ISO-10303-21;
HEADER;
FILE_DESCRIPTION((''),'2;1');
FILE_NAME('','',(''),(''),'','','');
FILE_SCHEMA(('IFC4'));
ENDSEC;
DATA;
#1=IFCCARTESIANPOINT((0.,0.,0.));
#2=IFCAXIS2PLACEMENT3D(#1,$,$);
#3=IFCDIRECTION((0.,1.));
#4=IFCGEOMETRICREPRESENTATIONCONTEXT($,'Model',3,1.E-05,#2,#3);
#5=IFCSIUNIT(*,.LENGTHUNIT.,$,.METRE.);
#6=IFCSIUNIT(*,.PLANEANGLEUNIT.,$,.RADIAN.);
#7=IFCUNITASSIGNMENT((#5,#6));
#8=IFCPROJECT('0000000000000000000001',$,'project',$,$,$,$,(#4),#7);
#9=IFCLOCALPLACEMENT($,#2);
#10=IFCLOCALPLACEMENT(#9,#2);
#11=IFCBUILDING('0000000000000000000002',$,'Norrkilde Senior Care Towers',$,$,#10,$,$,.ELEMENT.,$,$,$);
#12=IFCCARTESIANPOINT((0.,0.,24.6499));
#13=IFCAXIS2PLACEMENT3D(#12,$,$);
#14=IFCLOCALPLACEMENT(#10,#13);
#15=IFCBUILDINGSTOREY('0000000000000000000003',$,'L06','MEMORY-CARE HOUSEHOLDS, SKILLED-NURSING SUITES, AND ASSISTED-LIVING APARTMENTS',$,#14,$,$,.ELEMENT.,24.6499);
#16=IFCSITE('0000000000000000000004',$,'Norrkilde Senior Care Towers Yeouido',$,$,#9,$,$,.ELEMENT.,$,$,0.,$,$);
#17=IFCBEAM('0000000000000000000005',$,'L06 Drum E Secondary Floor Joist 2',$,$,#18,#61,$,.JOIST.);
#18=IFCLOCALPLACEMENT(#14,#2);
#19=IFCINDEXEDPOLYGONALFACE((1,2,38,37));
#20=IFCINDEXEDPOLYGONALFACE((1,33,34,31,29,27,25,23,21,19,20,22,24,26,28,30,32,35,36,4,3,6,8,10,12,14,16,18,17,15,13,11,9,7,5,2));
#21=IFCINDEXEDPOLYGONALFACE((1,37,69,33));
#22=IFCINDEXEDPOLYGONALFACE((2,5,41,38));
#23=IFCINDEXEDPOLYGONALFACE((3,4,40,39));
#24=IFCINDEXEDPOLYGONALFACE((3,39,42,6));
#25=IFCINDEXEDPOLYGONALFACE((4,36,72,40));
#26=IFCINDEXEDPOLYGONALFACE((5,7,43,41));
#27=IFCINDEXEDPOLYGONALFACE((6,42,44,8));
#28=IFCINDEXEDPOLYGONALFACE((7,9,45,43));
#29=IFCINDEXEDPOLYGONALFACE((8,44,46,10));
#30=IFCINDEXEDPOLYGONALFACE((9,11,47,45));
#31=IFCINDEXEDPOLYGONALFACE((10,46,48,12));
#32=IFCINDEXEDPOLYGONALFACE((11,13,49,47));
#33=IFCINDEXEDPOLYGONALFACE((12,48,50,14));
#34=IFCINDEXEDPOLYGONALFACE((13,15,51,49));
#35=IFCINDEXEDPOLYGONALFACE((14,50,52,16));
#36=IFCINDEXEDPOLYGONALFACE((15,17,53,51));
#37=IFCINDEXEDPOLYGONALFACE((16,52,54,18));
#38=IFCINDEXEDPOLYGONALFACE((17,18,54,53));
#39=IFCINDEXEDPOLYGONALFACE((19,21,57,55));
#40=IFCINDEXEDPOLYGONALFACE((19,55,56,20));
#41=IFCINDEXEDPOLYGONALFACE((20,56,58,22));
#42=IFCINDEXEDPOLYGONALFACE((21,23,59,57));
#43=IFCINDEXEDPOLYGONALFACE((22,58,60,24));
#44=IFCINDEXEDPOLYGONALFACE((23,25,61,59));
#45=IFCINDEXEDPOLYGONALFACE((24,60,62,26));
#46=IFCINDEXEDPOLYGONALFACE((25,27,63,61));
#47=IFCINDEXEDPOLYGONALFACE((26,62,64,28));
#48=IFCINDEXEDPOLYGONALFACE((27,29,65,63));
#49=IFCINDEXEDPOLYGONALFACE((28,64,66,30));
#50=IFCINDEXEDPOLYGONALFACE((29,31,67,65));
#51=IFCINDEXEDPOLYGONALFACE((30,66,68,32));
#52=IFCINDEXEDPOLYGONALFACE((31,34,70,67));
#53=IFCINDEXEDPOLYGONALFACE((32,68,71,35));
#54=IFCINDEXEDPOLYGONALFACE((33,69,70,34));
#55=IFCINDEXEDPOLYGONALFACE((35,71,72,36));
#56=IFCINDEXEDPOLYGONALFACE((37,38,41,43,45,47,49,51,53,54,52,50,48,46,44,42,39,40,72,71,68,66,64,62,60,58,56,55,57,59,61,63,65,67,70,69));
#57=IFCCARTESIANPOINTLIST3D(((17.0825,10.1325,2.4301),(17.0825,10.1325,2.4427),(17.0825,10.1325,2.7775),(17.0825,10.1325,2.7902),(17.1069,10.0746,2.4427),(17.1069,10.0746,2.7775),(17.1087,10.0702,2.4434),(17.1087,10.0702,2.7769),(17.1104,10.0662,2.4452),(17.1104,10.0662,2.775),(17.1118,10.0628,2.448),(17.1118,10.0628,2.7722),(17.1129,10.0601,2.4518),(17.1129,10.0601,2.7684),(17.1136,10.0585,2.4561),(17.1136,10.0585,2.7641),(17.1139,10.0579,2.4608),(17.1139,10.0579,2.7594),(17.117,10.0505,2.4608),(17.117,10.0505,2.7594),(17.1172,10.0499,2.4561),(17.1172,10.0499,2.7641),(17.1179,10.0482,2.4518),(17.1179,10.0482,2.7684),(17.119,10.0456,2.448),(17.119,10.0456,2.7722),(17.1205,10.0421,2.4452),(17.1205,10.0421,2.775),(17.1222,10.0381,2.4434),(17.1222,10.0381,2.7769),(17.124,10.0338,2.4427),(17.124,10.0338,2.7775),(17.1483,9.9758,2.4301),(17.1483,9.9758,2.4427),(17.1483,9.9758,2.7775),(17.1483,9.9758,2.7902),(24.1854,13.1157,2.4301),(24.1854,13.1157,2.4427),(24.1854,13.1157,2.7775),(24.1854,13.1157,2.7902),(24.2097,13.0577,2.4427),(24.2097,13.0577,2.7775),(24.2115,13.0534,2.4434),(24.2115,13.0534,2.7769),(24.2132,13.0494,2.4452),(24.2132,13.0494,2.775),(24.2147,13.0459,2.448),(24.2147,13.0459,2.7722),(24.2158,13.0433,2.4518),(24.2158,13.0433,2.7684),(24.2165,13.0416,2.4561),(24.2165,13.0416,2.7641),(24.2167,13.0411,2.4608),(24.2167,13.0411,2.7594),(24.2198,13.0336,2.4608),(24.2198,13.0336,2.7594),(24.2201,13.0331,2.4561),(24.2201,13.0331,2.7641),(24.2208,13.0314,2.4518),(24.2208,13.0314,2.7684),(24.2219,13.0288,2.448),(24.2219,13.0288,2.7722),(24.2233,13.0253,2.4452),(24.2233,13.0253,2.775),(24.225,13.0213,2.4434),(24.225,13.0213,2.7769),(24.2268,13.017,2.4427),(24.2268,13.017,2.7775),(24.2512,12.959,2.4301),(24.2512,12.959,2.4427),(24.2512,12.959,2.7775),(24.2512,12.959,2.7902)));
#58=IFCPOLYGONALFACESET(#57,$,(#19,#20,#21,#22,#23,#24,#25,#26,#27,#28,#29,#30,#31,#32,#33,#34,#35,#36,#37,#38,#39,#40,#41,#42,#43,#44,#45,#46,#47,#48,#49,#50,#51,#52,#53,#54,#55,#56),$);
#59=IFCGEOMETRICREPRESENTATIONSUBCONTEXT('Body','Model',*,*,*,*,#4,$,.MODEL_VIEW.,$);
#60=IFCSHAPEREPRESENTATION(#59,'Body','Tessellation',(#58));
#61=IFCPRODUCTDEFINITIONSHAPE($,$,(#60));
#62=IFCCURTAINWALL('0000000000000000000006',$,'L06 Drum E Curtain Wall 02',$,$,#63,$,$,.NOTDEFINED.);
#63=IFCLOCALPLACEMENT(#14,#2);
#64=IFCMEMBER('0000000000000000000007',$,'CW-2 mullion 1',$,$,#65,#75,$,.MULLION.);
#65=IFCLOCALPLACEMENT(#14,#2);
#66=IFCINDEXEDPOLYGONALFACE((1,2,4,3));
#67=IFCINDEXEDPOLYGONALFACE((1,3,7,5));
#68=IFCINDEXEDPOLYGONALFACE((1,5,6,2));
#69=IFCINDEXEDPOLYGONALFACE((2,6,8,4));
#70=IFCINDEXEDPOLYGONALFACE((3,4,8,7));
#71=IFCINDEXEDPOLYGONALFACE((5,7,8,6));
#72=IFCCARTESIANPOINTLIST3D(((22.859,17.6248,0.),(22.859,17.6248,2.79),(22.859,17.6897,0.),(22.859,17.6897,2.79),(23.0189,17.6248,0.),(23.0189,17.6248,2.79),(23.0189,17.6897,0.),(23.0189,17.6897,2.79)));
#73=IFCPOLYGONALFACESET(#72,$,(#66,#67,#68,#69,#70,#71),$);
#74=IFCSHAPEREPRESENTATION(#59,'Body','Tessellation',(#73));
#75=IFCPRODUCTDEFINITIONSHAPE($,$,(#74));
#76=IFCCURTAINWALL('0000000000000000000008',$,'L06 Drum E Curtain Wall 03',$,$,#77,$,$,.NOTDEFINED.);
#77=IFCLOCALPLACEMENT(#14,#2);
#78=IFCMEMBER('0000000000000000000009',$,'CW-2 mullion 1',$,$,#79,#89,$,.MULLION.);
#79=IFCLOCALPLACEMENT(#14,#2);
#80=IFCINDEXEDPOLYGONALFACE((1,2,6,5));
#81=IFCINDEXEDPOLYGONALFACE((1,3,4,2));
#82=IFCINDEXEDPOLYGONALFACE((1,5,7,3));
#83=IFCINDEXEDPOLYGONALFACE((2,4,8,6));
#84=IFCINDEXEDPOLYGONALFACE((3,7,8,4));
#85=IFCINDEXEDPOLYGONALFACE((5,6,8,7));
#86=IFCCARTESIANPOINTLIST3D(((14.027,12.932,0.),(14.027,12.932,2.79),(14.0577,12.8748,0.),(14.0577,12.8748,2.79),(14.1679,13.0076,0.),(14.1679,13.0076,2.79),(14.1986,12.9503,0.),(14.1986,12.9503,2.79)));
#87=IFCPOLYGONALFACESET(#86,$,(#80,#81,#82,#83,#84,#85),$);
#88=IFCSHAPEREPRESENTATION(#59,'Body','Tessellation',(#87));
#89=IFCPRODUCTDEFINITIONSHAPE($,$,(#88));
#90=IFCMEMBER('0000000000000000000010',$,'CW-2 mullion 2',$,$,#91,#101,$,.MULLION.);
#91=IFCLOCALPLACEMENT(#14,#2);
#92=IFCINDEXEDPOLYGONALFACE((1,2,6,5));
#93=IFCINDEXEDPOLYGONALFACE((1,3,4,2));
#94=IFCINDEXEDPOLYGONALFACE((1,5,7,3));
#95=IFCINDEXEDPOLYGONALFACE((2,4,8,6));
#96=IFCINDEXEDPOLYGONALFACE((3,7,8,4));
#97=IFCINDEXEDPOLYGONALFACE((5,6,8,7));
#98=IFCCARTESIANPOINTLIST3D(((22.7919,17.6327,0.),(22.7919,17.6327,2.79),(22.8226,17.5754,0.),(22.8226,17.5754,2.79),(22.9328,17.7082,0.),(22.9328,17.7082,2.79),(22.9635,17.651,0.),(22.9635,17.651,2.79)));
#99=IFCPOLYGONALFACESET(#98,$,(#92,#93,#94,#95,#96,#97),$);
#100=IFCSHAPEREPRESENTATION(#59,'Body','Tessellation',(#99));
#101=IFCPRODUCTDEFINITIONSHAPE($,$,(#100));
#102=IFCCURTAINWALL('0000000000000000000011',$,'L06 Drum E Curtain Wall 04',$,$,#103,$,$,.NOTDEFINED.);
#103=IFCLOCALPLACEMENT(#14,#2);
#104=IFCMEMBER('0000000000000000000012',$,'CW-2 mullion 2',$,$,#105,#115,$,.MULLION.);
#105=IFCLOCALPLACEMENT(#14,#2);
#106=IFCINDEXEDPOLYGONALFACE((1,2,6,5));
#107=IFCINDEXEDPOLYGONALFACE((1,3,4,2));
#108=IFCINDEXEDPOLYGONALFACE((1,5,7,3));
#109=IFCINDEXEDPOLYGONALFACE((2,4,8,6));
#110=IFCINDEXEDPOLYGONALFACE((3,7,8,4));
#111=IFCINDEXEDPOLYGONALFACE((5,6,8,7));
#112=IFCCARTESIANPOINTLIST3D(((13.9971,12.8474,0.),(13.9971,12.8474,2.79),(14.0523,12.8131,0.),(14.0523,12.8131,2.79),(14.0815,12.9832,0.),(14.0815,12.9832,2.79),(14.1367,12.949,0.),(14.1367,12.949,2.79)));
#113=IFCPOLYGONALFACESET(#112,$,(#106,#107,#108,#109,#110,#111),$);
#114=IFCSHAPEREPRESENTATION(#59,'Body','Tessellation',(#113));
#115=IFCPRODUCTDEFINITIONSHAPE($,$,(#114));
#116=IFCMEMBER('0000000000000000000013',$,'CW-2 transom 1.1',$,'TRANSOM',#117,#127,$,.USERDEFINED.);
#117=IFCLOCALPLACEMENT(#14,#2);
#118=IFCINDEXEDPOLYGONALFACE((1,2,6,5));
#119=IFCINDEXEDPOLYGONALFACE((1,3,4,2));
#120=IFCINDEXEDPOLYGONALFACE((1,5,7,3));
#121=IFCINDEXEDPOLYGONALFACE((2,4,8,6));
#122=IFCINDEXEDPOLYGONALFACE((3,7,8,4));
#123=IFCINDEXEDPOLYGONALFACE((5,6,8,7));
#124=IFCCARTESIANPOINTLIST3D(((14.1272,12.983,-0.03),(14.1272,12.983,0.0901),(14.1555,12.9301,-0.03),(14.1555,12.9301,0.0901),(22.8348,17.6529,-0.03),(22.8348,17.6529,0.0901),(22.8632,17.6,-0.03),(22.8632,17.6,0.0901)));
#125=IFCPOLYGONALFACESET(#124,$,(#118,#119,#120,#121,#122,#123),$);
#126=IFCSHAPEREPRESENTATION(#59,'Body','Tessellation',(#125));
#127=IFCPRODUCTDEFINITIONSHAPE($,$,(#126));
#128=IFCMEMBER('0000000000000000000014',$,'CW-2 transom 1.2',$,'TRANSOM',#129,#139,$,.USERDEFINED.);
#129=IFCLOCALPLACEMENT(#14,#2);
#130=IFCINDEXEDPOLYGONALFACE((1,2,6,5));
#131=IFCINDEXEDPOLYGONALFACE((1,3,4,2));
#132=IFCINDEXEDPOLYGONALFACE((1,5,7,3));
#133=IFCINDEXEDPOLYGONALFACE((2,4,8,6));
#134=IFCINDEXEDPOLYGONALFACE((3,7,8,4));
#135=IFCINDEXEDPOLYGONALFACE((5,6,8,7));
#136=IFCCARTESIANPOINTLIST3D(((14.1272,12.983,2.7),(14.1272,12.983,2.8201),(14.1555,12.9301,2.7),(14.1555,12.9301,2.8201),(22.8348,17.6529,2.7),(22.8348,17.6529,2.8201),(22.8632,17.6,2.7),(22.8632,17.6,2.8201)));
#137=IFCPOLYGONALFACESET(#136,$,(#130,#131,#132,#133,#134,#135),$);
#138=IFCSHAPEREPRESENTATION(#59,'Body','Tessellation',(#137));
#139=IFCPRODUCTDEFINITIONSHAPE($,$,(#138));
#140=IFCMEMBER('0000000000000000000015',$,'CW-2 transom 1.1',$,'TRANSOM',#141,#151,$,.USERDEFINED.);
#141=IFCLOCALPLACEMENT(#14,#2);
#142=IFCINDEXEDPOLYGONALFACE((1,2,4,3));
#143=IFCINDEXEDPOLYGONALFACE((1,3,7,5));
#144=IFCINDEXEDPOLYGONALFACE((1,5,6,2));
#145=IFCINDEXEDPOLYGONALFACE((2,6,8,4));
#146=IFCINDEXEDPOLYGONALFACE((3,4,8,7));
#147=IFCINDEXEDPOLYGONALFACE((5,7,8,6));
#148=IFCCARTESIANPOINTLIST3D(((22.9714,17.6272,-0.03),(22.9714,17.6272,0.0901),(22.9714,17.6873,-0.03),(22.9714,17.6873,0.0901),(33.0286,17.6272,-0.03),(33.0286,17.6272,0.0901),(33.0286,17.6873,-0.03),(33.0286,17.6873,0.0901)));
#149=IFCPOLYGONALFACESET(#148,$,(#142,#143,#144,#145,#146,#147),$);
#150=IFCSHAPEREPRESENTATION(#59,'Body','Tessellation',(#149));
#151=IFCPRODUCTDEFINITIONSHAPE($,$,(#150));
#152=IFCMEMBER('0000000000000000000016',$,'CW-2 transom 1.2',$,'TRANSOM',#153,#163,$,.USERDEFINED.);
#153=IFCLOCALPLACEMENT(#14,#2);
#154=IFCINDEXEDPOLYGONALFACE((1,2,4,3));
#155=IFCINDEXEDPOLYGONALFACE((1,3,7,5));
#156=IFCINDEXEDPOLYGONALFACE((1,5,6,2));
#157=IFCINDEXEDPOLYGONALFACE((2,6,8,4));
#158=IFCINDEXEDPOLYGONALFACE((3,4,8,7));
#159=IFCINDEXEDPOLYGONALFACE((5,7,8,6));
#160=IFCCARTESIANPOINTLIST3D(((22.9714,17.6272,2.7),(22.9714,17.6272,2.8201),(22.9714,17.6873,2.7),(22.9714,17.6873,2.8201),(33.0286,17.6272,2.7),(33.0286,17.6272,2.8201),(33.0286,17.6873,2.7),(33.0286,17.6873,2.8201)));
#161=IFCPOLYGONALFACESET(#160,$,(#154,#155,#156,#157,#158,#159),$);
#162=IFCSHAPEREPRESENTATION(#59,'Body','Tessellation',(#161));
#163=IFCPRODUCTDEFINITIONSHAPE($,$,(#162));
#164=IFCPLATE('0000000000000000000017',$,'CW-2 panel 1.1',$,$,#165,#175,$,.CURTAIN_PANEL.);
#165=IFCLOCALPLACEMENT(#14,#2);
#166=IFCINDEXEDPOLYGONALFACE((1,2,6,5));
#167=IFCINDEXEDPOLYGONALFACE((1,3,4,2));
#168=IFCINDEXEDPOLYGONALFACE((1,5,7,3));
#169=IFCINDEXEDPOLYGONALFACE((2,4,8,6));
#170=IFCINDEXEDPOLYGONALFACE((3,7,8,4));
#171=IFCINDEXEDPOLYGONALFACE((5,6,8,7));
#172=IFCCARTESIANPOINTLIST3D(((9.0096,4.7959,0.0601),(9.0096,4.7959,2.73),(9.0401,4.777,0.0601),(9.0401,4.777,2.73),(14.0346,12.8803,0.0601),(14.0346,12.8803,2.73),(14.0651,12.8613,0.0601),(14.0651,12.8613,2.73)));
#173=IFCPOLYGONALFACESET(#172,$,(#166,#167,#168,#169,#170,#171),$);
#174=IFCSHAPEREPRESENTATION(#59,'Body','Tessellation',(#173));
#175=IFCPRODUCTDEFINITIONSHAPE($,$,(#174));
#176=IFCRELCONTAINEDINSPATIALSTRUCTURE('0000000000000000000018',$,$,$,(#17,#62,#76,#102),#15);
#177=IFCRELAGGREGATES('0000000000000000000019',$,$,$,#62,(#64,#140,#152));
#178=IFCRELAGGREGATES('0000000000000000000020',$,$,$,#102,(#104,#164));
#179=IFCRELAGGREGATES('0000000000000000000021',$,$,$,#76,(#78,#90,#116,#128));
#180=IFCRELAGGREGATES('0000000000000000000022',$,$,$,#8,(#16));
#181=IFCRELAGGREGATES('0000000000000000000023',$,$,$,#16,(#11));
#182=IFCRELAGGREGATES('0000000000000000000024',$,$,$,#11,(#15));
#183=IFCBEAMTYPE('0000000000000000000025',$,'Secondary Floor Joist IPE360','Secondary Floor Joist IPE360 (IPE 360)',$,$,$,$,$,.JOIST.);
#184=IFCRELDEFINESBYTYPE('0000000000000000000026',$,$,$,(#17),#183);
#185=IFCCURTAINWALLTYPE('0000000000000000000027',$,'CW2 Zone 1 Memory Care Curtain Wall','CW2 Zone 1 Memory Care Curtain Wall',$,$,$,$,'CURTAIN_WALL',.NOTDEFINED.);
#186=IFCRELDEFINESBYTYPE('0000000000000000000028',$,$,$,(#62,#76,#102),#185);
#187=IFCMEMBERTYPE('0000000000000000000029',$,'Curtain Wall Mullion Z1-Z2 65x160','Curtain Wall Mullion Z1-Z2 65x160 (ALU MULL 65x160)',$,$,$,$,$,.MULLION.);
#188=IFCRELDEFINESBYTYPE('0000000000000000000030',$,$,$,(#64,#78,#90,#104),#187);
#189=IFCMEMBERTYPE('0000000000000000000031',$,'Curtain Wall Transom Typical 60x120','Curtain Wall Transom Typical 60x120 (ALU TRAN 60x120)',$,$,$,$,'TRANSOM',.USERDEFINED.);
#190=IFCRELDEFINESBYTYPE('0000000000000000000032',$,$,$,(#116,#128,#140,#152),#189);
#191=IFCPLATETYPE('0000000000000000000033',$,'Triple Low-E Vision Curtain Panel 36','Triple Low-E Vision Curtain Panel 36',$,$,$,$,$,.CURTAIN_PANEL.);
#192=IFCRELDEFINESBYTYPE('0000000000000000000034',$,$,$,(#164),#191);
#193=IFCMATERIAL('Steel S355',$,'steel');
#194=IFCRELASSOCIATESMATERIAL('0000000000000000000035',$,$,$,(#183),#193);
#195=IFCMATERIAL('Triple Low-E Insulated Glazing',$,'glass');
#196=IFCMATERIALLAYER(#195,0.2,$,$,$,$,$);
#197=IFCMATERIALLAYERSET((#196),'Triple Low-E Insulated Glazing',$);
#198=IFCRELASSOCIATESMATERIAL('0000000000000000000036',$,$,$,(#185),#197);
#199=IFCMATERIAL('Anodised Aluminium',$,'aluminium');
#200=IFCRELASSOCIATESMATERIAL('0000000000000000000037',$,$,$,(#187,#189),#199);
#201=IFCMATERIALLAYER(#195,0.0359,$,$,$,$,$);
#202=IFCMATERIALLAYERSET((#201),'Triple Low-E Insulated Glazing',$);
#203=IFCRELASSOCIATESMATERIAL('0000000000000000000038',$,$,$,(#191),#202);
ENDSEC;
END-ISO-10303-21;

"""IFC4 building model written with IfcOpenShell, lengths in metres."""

from ifc_helpers import new_model, si_unit, direction, frame, origin, origin_2d, place, context, subcontext, project, spatial, rectangle, i_section, extrude, source, transform, mapped, material, layer, layer_set, material_profile, profile_set, type_object, type_shapes, element, aggregate, save


model = new_model("IFC4")

# Units and contexts
model_context = context("Model", 3, precision=1e-05, world=origin(), true_north=direction((0.0, 1.0)))
body_context = subcontext(model_context, "Body", "Model", "MODEL_VIEW")
ifc_project = project(units=[si_unit("LENGTHUNIT", "METRE"), si_unit("PLANEANGLEUNIT", "RADIAN")], contexts=[model_context])

# Site, building, storey
site_placement = place(None, origin())
site = spatial("IfcSite", under=ifc_project, at=site_placement, Name="Norrkilde Senior Care Towers Yeouido", CompositionType="ELEMENT", RefElevation=0.0)
building_placement = place(site_placement, origin())
building = spatial("IfcBuilding", under=site, at=building_placement, Name="Norrkilde Senior Care Towers", CompositionType="ELEMENT")
storey_placement = place(building_placement, frame((0.0, 0.0, 24.6499)))
storey = spatial("IfcBuildingStorey", under=building, at=storey_placement, Name="L06", Description="MEMORY-CARE HOUSEHOLDS, SKILLED-NURSING SUITES, AND ASSISTED-LIVING APARTMENTS", CompositionType="ELEMENT", Elevation=24.6499)

# Beam
ifc_material_1 = material(Name="Steel S355", Category="steel")
ifc_material_profile_1 = material_profile(ifc_material_1, i_section(OverallWidth=0.1699, OverallDepth=0.3601, WebThickness=0.0081, FlangeThickness=0.0127, FilletRadius=0.0181, at=origin_2d()), Name="IPE 360")
ifc_profile_set_1 = profile_set([ifc_material_profile_1], Name="Steel S355")
beam_type_1 = type_object("IfcBeamType", Name="Secondary Floor Joist IPE360", Description="Secondary Floor Joist IPE360 (IPE 360)", PredefinedType="JOIST", material=ifc_profile_set_1)
shared_shape_1 = source(origin(), body_context, "Body", "SweptSolid", [
    extrude(i_section(OverallWidth=0.1699, OverallDepth=0.3601, WebThickness=0.0081, FlangeThickness=0.0127, FilletRadius=0.0181, at=origin_2d()), origin(), (0.0, 0.0, 1.0), 7.7039),
])
type_shapes(beam_type_1, [shared_shape_1])
beam_1_placement = place(storey_placement, frame((24.2183, 13.0374, 2.6101), z_axis=(-0.921983, -0.387231, 0.0), x_axis=(0.387231, -0.921983, 0.0)))
element("IfcBeam", 1, at=beam_1_placement, inside=storey, type_object=beam_type_1, Name="L06 Drum E Secondary Floor Joist 2", PredefinedType="JOIST", context=body_context, shape_type="MappedRepresentation", body=[
    mapped(shared_shape_1, transform((0.0, 0.0, 0.0), x_axis=(1.0, 0.0, 0.0), y_axis=(0.0, 1.0, 0.0), z_axis=(0.0, 0.0, 1.0), scale=1.0)),
])

# Curtain wall, member
ifc_material_2 = material(Name="Triple Low-E Insulated Glazing", Category="glass")
ifc_layer_1 = layer(ifc_material_2, 0.2)
ifc_layer_set_1 = layer_set([ifc_layer_1], Name="Triple Low-E Insulated Glazing")
curtain_wall_type = type_object("IfcCurtainWallType", Name="CW2 Zone 1 Memory Care Curtain Wall", Description="CW2 Zone 1 Memory Care Curtain Wall", ElementType="CURTAIN_WALL", PredefinedType="NOTDEFINED", material=ifc_layer_set_1)
curtain_wall_1_placement = place(storey_placement, origin())
curtain_wall_1 = element("IfcCurtainWall", 2, at=curtain_wall_1_placement, inside=storey, type_object=curtain_wall_type, Name="L06 Drum E Curtain Wall 02", PredefinedType="NOTDEFINED")
ifc_material_3 = material(Name="Anodised Aluminium", Category="aluminium")
ifc_material_profile_2 = material_profile(ifc_material_3, rectangle(XDim=0.0649, YDim=0.1599, at=origin_2d()), Name="ALU MULL 65x160")
ifc_profile_set_2 = profile_set([ifc_material_profile_2], Name="Anodised Aluminium")
member_type_1 = type_object("IfcMemberType", Name="Curtain Wall Mullion Z1-Z2 65x160", Description="Curtain Wall Mullion Z1-Z2 65x160 (ALU MULL 65x160)", PredefinedType="MULLION", material=ifc_profile_set_2)
shared_shape_2 = source(origin(), body_context, "Body", "SweptSolid", [
    extrude(rectangle(XDim=0.0649, YDim=0.1599, at=origin_2d()), origin(), (0.0, 0.0, 1.0), 2.79),
])
type_shapes(member_type_1, [shared_shape_2])
member_1_placement = place(storey_placement, frame((22.939, 17.6572, 0.0), z_axis=(0.0, 0.0, 1.0), x_axis=(0.0, 1.0, 0.0)))
member_1 = element("IfcMember", 3, at=member_1_placement, type_object=member_type_1, Name="CW-2 mullion 1", PredefinedType="MULLION", context=body_context, shape_type="MappedRepresentation", body=[
    mapped(shared_shape_2, transform((0.0, 0.0, 0.0), x_axis=(1.0, 0.0, 0.0), y_axis=(0.0, 1.0, 0.0), z_axis=(0.0, 0.0, 1.0), scale=1.0)),
])

# Curtain wall, members
curtain_wall_2_placement = place(storey_placement, origin())
curtain_wall_2 = element("IfcCurtainWall", 4, at=curtain_wall_2_placement, inside=storey, type_object=curtain_wall_type, Name="L06 Drum E Curtain Wall 03", PredefinedType="NOTDEFINED")
member_2_placement = place(storey_placement, frame((14.1128, 12.9412, 0.0), z_axis=(0.0, 0.0, 1.0), x_axis=(-0.472608, 0.881273, 0.0)))
member_2 = element("IfcMember", 5, at=member_2_placement, type_object=member_type_1, Name="CW-2 mullion 1", PredefinedType="MULLION", context=body_context, shape_type="MappedRepresentation", body=[
    mapped(shared_shape_2, transform((0.0, 0.0, 0.0), x_axis=(1.0, 0.0, 0.0), y_axis=(0.0, 1.0, 0.0), z_axis=(0.0, 0.0, 1.0), scale=1.0)),
])
member_3_placement = place(storey_placement, frame((22.8777, 17.6418, 0.0), z_axis=(0.0, 0.0, 1.0), x_axis=(-0.472608, 0.881273, 0.0)))
member_3 = element("IfcMember", 6, at=member_3_placement, type_object=member_type_1, Name="CW-2 mullion 2", PredefinedType="MULLION", context=body_context, shape_type="MappedRepresentation", body=[
    mapped(shared_shape_2, transform((0.0, 0.0, 0.0), x_axis=(1.0, 0.0, 0.0), y_axis=(0.0, 1.0, 0.0), z_axis=(0.0, 0.0, 1.0), scale=1.0)),
])

# Curtain wall, member
curtain_wall_3_placement = place(storey_placement, origin())
curtain_wall_3 = element("IfcCurtainWall", 7, at=curtain_wall_3_placement, inside=storey, type_object=curtain_wall_type, Name="L06 Drum E Curtain Wall 04", PredefinedType="NOTDEFINED")
member_4_placement = place(storey_placement, frame((14.0669, 12.8982, 0.0), z_axis=(0.0, 0.0, 1.0), x_axis=(-0.849306, 0.527901, 0.0)))
member_4 = element("IfcMember", 8, at=member_4_placement, type_object=member_type_1, Name="CW-2 mullion 2", PredefinedType="MULLION", context=body_context, shape_type="MappedRepresentation", body=[
    mapped(shared_shape_2, transform((0.0, 0.0, 0.0), x_axis=(1.0, 0.0, 0.0), y_axis=(0.0, 1.0, 0.0), z_axis=(0.0, 0.0, 1.0), scale=1.0)),
])

# Members
ifc_material_profile_3 = material_profile(ifc_material_3, rectangle(XDim=0.0601, YDim=0.1201, at=origin_2d()), Name="ALU TRAN 60x120")
ifc_profile_set_3 = profile_set([ifc_material_profile_3], Name="Anodised Aluminium")
member_type_2 = type_object("IfcMemberType", Name="Curtain Wall Transom Typical 60x120", Description="Curtain Wall Transom Typical 60x120 (ALU TRAN 60x120)", ElementType="TRANSOM", PredefinedType="USERDEFINED", material=ifc_profile_set_3)
shared_shape_3 = source(origin(), body_context, "Body", "SweptSolid", [
    extrude(rectangle(XDim=0.0601, YDim=0.1201, at=origin_2d()), origin(), (0.0, 0.0, 1.0), 9.8809),
])
member_5_placement = place(storey_placement, frame((14.1414, 12.9565, 0.03), z_axis=(0.881267, 0.472618, 0.0), x_axis=(-0.472618, 0.881267, 0.0)))
member_5 = element("IfcMember", 9, at=member_5_placement, type_object=member_type_2, Name="CW-2 transom 1.1", ObjectType="TRANSOM", PredefinedType="USERDEFINED", context=body_context, shape_type="MappedRepresentation", body=[
    mapped(shared_shape_3, transform((0.0, 0.0, 0.0), x_axis=(1.0, 0.0, 0.0), y_axis=(0.0, 1.0, 0.0), z_axis=(0.0, 0.0, 1.0), scale=1.0)),
])
member_6_placement = place(storey_placement, frame((14.1414, 12.9565, 2.76), z_axis=(0.881267, 0.472618, 0.0), x_axis=(-0.472618, 0.881267, 0.0)))
member_6 = element("IfcMember", 10, at=member_6_placement, type_object=member_type_2, Name="CW-2 transom 1.2", ObjectType="TRANSOM", PredefinedType="USERDEFINED", context=body_context, shape_type="MappedRepresentation", body=[
    mapped(shared_shape_3, transform((0.0, 0.0, 0.0), x_axis=(1.0, 0.0, 0.0), y_axis=(0.0, 1.0, 0.0), z_axis=(0.0, 0.0, 1.0), scale=1.0)),
])
shared_shape_4 = source(origin(), body_context, "Body", "SweptSolid", [
    extrude(rectangle(XDim=0.0601, YDim=0.1201, at=origin_2d()), origin(), (0.0, 0.0, 1.0), 10.0571),
])
type_shapes(member_type_2, [shared_shape_3, shared_shape_4])
member_7_placement = place(storey_placement, frame((22.9714, 17.6572, 0.03), z_axis=(1.0, 0.0, 0.0), x_axis=(0.0, 1.0, 0.0)))
member_7 = element("IfcMember", 11, at=member_7_placement, type_object=member_type_2, Name="CW-2 transom 1.1", ObjectType="TRANSOM", PredefinedType="USERDEFINED", context=body_context, shape_type="MappedRepresentation", body=[
    mapped(shared_shape_4, transform((0.0, 0.0, 0.0), x_axis=(1.0, 0.0, 0.0), y_axis=(0.0, 1.0, 0.0), z_axis=(0.0, 0.0, 1.0), scale=1.0)),
])
member_8_placement = place(storey_placement, frame((22.9714, 17.6572, 2.76), z_axis=(1.0, 0.0, 0.0), x_axis=(0.0, 1.0, 0.0)))
member_8 = element("IfcMember", 12, at=member_8_placement, type_object=member_type_2, Name="CW-2 transom 1.2", ObjectType="TRANSOM", PredefinedType="USERDEFINED", context=body_context, shape_type="MappedRepresentation", body=[
    mapped(shared_shape_4, transform((0.0, 0.0, 0.0), x_axis=(1.0, 0.0, 0.0), y_axis=(0.0, 1.0, 0.0), z_axis=(0.0, 0.0, 1.0), scale=1.0)),
])
aggregate(curtain_wall_1, [member_1, member_7, member_8])

# Plate
ifc_layer_2 = layer(ifc_material_2, 0.0359)
ifc_layer_set_2 = layer_set([ifc_layer_2], Name="Triple Low-E Insulated Glazing")
plate_type = type_object("IfcPlateType", Name="Triple Low-E Vision Curtain Panel 36", Description="Triple Low-E Vision Curtain Panel 36", PredefinedType="CURTAIN_PANEL", material=ifc_layer_set_2)
shared_shape_5 = source(origin(), body_context, "Body", "SweptSolid", [
    extrude(rectangle(XDim=9.5188, YDim=0.0359, at=origin_2d()), origin(), (0.0, 0.0, 1.0), 2.6699),
])
plate_1_placement = place(storey_placement, frame((11.5374, 8.8286, 0.0601), z_axis=(0.0, 0.0, 1.0), x_axis=(0.527901, 0.849306, 0.0)))
plate_1 = element("IfcPlate", 13, at=plate_1_placement, type_object=plate_type, Name="CW-2 panel 1.1", PredefinedType="CURTAIN_PANEL", context=body_context, shape_type="MappedRepresentation", body=[
    mapped(shared_shape_5, transform((0.0, 0.0, 0.0), x_axis=(1.0, 0.0, 0.0), y_axis=(0.0, 1.0, 0.0), z_axis=(0.0, 0.0, 1.0), scale=1.0)),
])
aggregate(curtain_wall_3, [member_4, plate_1])
aggregate(curtain_wall_2, [member_2, member_3, member_5, member_6])

save(model, "model.ifc")
